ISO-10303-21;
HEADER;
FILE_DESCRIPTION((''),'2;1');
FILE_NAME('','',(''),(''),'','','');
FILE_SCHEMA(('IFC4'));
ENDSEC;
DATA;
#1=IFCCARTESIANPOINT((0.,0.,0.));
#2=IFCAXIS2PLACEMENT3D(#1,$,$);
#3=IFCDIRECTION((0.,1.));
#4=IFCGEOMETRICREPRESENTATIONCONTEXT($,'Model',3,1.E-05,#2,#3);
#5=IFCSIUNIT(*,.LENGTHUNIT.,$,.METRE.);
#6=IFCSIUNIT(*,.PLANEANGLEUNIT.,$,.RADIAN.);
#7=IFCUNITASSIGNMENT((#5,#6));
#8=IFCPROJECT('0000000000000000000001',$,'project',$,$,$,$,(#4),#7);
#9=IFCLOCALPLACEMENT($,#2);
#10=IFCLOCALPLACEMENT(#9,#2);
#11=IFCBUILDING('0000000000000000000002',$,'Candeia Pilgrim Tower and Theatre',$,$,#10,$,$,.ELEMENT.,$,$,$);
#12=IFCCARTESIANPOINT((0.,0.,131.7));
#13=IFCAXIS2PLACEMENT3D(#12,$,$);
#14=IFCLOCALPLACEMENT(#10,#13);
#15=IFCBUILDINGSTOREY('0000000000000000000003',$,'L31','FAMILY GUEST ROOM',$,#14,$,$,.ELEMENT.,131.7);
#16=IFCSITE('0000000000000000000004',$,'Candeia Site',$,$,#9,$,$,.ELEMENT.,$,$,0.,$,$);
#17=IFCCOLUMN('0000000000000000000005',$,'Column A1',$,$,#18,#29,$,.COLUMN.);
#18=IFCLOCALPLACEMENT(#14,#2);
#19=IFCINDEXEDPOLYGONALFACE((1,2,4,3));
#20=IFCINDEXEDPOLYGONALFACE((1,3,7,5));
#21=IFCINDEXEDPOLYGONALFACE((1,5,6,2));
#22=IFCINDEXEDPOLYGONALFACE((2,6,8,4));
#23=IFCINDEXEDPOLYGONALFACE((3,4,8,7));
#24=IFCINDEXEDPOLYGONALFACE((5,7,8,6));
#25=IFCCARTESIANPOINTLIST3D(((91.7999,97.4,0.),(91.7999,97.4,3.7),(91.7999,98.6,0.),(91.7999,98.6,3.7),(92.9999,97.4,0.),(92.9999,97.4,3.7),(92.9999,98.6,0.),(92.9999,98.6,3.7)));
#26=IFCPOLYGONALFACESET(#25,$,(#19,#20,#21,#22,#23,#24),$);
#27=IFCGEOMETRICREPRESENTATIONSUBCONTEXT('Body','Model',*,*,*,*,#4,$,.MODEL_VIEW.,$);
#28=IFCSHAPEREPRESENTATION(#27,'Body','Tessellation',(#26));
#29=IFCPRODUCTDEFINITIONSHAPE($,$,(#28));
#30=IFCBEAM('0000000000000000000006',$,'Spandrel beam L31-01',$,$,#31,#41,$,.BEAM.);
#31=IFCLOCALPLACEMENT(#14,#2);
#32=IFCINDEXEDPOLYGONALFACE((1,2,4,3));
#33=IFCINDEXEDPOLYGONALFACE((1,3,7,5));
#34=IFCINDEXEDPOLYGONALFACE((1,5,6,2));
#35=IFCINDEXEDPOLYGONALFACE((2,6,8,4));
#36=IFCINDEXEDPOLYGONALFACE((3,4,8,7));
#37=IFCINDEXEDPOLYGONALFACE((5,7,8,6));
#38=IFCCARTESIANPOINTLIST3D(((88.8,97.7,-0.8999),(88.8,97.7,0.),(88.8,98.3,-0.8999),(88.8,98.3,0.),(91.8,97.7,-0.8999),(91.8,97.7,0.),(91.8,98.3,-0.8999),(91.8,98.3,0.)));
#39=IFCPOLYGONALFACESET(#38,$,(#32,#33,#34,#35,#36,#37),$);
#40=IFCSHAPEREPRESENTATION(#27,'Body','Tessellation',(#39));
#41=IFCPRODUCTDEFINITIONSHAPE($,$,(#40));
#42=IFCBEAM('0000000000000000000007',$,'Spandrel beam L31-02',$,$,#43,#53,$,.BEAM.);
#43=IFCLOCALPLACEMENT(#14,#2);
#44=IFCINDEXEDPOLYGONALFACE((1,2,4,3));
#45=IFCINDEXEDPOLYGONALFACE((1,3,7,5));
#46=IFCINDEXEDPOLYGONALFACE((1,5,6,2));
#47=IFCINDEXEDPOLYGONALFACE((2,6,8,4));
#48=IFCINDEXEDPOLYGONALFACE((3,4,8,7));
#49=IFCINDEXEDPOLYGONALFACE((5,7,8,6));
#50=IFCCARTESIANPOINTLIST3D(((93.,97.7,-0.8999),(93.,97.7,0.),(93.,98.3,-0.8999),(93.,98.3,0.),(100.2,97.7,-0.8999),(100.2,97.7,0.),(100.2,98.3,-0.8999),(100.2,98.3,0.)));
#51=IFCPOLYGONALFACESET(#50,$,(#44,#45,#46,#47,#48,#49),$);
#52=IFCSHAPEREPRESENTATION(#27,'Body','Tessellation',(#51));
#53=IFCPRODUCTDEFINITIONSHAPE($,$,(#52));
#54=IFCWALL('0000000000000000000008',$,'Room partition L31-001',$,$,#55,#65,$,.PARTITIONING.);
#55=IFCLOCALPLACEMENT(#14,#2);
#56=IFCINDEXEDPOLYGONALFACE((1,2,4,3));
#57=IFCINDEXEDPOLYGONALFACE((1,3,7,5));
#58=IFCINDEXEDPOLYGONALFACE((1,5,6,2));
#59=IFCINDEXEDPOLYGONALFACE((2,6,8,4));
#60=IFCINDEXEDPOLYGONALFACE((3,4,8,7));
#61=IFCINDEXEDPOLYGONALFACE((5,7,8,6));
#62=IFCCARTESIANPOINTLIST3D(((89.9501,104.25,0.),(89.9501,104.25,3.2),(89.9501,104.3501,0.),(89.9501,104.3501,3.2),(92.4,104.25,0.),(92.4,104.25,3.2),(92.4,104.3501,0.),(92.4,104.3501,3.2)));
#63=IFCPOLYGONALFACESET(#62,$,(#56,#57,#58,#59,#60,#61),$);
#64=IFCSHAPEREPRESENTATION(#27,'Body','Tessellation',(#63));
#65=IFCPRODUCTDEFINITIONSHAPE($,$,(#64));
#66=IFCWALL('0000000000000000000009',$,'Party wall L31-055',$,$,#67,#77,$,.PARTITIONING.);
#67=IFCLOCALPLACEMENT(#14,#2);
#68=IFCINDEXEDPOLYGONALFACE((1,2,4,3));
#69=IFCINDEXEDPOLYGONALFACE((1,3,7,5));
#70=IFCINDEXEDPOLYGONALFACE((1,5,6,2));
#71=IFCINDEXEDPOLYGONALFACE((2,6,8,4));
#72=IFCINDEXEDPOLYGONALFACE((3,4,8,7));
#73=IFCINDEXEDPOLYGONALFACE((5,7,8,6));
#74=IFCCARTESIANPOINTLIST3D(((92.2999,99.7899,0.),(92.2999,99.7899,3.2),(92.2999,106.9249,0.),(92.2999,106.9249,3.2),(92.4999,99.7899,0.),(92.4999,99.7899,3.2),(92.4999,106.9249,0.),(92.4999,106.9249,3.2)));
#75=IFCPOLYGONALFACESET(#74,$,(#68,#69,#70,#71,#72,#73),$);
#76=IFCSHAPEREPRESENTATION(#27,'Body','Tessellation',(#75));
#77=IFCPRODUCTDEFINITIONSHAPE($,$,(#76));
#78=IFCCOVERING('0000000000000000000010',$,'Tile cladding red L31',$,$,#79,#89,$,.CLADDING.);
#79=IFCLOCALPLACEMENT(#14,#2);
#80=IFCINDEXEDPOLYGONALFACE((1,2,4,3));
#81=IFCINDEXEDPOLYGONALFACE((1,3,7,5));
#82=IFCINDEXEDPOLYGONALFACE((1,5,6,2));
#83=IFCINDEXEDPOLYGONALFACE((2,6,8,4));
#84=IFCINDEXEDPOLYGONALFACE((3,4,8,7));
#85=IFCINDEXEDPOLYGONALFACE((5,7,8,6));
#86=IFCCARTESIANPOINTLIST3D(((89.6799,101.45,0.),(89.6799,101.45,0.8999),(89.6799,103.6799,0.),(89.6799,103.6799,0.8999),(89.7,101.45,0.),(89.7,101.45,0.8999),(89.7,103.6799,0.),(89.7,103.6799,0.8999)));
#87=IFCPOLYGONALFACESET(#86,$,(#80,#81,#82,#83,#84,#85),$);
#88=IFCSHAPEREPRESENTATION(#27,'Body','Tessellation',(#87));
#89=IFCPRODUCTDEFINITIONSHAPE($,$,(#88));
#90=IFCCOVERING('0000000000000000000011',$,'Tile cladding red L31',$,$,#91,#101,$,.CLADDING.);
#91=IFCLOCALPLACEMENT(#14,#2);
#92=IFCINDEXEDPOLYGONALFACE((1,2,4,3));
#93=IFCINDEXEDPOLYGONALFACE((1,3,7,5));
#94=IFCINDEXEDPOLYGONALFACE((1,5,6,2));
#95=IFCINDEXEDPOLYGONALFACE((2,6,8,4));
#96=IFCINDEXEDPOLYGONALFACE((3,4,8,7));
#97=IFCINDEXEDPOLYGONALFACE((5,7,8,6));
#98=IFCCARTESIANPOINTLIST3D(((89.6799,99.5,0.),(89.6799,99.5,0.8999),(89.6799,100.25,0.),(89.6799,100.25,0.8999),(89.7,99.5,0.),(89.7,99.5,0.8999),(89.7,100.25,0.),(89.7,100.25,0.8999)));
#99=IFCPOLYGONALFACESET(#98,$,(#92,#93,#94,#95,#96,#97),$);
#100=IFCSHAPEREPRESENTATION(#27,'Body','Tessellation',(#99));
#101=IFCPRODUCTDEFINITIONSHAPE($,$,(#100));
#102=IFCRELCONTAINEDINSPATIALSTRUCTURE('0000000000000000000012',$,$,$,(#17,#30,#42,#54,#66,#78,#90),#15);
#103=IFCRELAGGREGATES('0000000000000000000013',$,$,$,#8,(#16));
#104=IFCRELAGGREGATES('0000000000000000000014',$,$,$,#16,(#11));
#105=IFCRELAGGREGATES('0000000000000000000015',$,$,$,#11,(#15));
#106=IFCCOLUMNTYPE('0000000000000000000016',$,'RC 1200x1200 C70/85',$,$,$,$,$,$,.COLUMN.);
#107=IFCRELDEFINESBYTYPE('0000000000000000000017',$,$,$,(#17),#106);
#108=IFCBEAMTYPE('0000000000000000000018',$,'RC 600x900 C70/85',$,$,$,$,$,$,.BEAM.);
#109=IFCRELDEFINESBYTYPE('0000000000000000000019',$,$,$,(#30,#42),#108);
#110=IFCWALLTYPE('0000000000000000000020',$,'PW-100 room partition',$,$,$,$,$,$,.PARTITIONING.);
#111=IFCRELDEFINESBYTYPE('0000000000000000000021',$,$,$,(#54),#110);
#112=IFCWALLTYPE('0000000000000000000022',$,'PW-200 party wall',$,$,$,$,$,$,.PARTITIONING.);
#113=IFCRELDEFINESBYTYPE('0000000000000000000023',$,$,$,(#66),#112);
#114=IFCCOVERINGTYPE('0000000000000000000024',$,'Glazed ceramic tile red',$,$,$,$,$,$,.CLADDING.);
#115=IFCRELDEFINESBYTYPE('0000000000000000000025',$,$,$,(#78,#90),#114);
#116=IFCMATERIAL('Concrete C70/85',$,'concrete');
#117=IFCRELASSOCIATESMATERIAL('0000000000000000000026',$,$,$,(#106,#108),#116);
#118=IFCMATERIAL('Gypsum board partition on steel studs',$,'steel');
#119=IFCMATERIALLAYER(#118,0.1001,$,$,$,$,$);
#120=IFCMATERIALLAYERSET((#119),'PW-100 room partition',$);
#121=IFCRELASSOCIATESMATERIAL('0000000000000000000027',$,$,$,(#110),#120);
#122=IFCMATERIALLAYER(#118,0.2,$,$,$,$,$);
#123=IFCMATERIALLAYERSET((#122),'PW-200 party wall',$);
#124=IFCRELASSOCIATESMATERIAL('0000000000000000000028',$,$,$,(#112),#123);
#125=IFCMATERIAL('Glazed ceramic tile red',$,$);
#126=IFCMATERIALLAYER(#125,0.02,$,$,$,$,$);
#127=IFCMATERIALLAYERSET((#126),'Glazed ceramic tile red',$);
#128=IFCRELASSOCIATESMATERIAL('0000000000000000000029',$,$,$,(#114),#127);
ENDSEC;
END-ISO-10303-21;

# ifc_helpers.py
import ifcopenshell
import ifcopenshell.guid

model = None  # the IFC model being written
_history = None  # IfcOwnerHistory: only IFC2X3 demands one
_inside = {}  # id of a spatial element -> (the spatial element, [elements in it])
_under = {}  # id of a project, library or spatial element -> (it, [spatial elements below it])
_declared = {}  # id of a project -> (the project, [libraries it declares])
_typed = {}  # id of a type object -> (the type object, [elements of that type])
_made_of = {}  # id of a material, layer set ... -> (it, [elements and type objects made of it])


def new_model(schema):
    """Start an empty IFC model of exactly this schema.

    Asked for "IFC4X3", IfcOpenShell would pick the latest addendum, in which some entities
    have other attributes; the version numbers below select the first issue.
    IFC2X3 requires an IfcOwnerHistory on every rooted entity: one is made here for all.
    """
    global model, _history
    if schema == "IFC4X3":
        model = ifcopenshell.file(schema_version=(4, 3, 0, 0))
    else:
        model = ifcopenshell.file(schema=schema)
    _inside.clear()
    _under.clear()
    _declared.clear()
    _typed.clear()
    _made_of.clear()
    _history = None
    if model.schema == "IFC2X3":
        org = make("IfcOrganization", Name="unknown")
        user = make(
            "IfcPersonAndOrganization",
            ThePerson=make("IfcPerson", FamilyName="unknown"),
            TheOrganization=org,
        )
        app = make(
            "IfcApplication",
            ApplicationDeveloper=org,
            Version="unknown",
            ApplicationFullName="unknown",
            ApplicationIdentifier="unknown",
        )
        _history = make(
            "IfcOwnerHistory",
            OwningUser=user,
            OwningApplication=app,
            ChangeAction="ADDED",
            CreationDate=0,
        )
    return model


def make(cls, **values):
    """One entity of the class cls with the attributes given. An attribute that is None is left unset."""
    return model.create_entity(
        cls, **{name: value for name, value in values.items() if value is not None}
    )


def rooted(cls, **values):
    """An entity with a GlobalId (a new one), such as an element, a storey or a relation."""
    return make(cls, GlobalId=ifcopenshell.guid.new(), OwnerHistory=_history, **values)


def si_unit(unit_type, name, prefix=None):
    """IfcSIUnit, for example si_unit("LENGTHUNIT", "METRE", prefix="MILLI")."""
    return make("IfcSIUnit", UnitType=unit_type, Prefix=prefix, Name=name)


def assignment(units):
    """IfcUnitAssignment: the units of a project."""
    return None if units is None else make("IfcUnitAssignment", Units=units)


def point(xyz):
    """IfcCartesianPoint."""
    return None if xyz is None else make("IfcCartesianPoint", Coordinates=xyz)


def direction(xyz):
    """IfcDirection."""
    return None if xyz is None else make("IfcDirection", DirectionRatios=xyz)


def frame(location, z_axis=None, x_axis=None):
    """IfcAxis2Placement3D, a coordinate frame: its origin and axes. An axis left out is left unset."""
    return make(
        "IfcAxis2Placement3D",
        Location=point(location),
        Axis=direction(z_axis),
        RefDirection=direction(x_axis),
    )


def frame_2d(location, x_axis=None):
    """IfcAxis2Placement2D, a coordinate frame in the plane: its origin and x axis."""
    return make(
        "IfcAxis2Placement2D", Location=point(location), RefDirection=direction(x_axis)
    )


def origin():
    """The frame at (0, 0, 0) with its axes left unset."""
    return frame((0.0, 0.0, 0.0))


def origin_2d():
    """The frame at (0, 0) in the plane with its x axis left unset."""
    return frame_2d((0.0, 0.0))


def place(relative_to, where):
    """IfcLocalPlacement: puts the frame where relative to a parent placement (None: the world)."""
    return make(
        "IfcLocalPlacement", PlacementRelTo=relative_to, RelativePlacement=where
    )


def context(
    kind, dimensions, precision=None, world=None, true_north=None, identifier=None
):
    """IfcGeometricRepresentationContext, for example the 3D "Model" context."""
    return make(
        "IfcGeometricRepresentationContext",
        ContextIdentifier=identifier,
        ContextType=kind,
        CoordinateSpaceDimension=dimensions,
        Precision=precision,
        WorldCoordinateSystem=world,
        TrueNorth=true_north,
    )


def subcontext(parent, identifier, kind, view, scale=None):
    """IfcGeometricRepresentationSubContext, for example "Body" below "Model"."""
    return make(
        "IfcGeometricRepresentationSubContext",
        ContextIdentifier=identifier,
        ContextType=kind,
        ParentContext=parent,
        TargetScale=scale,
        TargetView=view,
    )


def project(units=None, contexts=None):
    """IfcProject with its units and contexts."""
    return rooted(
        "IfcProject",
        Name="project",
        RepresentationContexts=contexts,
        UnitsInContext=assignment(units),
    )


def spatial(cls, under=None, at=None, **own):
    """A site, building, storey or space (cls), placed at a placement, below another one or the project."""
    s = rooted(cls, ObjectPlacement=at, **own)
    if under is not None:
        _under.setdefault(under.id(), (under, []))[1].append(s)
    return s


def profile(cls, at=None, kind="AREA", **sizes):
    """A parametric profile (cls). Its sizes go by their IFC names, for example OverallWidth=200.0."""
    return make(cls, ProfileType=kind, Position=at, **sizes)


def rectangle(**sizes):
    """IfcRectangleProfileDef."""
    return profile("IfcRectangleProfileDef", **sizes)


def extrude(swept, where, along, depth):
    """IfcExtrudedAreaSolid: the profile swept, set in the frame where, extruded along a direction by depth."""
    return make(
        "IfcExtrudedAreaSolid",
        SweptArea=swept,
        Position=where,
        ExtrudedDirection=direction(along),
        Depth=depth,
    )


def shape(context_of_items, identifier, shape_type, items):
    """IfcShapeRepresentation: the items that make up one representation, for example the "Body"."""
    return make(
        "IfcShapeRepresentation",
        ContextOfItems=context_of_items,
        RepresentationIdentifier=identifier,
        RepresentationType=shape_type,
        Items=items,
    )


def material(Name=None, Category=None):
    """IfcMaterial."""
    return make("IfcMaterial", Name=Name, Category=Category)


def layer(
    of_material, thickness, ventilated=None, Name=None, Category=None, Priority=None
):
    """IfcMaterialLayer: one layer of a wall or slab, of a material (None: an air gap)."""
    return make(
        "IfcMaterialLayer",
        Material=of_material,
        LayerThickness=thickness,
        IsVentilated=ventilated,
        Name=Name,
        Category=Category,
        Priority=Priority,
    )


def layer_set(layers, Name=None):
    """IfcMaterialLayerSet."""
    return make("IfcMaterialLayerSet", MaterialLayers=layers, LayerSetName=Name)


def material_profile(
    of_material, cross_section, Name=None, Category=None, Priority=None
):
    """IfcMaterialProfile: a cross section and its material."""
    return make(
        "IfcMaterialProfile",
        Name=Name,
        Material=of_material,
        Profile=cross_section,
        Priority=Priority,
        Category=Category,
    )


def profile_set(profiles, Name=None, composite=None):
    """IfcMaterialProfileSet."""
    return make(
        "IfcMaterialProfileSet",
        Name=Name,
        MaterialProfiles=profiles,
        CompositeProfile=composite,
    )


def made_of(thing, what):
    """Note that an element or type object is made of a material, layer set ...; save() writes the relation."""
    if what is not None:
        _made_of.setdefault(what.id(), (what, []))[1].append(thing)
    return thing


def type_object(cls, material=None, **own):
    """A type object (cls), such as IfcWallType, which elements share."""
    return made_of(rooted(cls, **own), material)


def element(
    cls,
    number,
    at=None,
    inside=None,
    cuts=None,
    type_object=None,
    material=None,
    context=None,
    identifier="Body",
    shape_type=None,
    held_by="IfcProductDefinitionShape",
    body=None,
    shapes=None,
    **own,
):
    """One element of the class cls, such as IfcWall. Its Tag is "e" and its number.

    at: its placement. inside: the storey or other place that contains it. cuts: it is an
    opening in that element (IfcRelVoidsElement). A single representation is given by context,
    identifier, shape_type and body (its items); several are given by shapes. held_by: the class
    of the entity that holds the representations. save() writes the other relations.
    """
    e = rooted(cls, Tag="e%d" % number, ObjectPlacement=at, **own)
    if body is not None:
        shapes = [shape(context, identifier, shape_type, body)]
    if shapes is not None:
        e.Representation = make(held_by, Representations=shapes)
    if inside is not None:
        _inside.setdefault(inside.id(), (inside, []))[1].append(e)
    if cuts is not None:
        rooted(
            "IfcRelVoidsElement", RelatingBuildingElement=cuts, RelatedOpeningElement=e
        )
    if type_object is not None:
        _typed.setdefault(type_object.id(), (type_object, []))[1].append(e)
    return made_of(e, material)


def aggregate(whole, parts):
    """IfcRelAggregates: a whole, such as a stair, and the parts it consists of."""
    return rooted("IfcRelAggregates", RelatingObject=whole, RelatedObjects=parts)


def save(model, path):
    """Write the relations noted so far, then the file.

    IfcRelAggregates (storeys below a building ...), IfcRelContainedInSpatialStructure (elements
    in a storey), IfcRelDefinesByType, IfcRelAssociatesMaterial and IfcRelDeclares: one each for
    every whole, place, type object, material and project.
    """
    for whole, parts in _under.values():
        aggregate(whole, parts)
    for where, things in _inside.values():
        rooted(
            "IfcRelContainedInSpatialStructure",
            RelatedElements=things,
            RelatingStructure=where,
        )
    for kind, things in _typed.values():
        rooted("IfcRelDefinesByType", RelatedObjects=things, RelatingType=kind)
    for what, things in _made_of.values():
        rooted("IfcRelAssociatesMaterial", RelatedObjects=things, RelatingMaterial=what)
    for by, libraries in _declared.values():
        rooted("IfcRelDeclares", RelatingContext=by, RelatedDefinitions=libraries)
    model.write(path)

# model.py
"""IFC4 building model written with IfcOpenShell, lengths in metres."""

from ifc_helpers import new_model, si_unit, direction, frame, frame_2d, origin, origin_2d, place, context, subcontext, project, spatial, rectangle, extrude, material, layer, layer_set, material_profile, profile_set, type_object, element, save


model = new_model("IFC4")

# Units and contexts
model_context = context("Model", 3, precision=1e-05, world=origin(), true_north=direction((0.0, 1.0)))
body_context = subcontext(model_context, "Body", "Model", "MODEL_VIEW")
ifc_project = project(units=[si_unit("LENGTHUNIT", "METRE"), si_unit("PLANEANGLEUNIT", "RADIAN")], contexts=[model_context])

# Site, building, storey
site_placement = place(None, origin())
site = spatial("IfcSite", under=ifc_project, at=site_placement, Name="Candeia Site", CompositionType="ELEMENT", RefElevation=0.0)
building_placement = place(site_placement, origin())
building = spatial("IfcBuilding", under=site, at=building_placement, Name="Candeia Pilgrim Tower and Theatre", CompositionType="ELEMENT")
storey_placement = place(building_placement, frame((0.0, 0.0, 131.7)))
storey = spatial("IfcBuildingStorey", under=building, at=storey_placement, Name="L31", Description="FAMILY GUEST ROOM", CompositionType="ELEMENT", Elevation=131.7)

# Column
ifc_material_1 = material(Name="Concrete C70/85", Category="concrete")
ifc_material_profile_1 = material_profile(ifc_material_1, rectangle(XDim=1.2, YDim=1.2, at=origin_2d()))
ifc_profile_set_1 = profile_set([ifc_material_profile_1], Name="Concrete C70/85")
column_type = type_object("IfcColumnType", Name="RC 1200x1200 C70/85", PredefinedType="COLUMN", material=ifc_profile_set_1)
column_placement = place(storey_placement, frame((92.3999, 98.0, 0.0), z_axis=(0.0, 0.0, 1.0), x_axis=(1.0, 0.0, 0.0)))
element("IfcColumn", 1, at=column_placement, inside=storey, type_object=column_type, Name="Column A1", PredefinedType="COLUMN", context=body_context, shape_type="SweptSolid", body=[
    extrude(rectangle(XDim=1.2, YDim=1.2, at=origin_2d()), origin(), (0.0, 0.0, 1.0), 3.7),
])

# Beams
ifc_material_profile_2 = material_profile(ifc_material_1, rectangle(XDim=0.6001, YDim=0.8999, at=origin_2d()))
ifc_profile_set_2 = profile_set([ifc_material_profile_2], Name="Concrete C70/85")
beam_type = type_object("IfcBeamType", Name="RC 600x900 C70/85", PredefinedType="BEAM", material=ifc_profile_set_2)
beam_1_placement = place(storey_placement, frame((88.8, 98.0, -0.45), z_axis=(1.0, 0.0, 0.0), x_axis=(0.0, 1.0, 0.0)))
element("IfcBeam", 2, at=beam_1_placement, inside=storey, type_object=beam_type, Name="Spandrel beam L31-01", PredefinedType="BEAM", context=body_context, shape_type="SweptSolid", body=[
    extrude(rectangle(XDim=0.6001, YDim=0.8999, at=origin_2d()), origin(), (0.0, 0.0, 1.0), 3.0),
])
beam_2_placement = place(storey_placement, frame((93.0, 98.0, -0.45), z_axis=(1.0, 0.0, 0.0), x_axis=(0.0, 1.0, 0.0)))
element("IfcBeam", 3, at=beam_2_placement, inside=storey, type_object=beam_type, Name="Spandrel beam L31-02", PredefinedType="BEAM", context=body_context, shape_type="SweptSolid", body=[
    extrude(rectangle(XDim=0.6001, YDim=0.8999, at=origin_2d()), origin(), (0.0, 0.0, 1.0), 7.2),
])

# Walls
ifc_material_2 = material(Name="Gypsum board partition on steel studs", Category="steel")
ifc_layer_1 = layer(ifc_material_2, 0.1001)
ifc_layer_set_1 = layer_set([ifc_layer_1], Name="PW-100 room partition")
wall_type_1 = type_object("IfcWallType", Name="PW-100 room partition", PredefinedType="PARTITIONING", material=ifc_layer_set_1)
wall_1_placement = place(storey_placement, frame((89.95, 104.3, 0.0), z_axis=(0.0, 0.0, 1.0), x_axis=(1.0, 0.0, 0.0)))
element("IfcWall", 4, at=wall_1_placement, inside=storey, type_object=wall_type_1, Name="Room partition L31-001", PredefinedType="PARTITIONING", context=body_context, shape_type="SweptSolid", body=[
    extrude(rectangle(XDim=2.45, YDim=0.1001, at=frame_2d((1.2251, 0.0))), origin(), (0.0, 0.0, 1.0), 3.2),
])
ifc_layer_2 = layer(ifc_material_2, 0.2)
ifc_layer_set_2 = layer_set([ifc_layer_2], Name="PW-200 party wall")
wall_type_2 = type_object("IfcWallType", Name="PW-200 party wall", PredefinedType="PARTITIONING", material=ifc_layer_set_2)
wall_2_placement = place(storey_placement, frame((92.3999, 99.79, 0.0), z_axis=(0.0, 0.0, 1.0), x_axis=(0.0, 1.0, 0.0)))
element("IfcWall", 5, at=wall_2_placement, inside=storey, type_object=wall_type_2, Name="Party wall L31-055", PredefinedType="PARTITIONING", context=body_context, shape_type="SweptSolid", body=[
    extrude(rectangle(XDim=7.135, YDim=0.2, at=frame_2d((3.5674, 0.0))), origin(), (0.0, 0.0, 1.0), 3.2),
])

# Coverings
ifc_material_3 = material(Name="Glazed ceramic tile red")
ifc_layer_3 = layer(ifc_material_3, 0.02)
ifc_layer_set_3 = layer_set([ifc_layer_3], Name="Glazed ceramic tile red")
covering_type = type_object("IfcCoveringType", Name="Glazed ceramic tile red", PredefinedType="CLADDING", material=ifc_layer_set_3)
covering_1_placement = place(storey_placement, frame((89.6899, 102.5649, 0.0), z_axis=(0.0, 0.0, 1.0), x_axis=(0.0, -1.0, 0.0)))
element("IfcCovering", 6, at=covering_1_placement, inside=storey, type_object=covering_type, Name="Tile cladding red L31", PredefinedType="CLADDING", context=body_context, shape_type="SweptSolid", body=[
    extrude(rectangle(XDim=2.23, YDim=0.02, at=origin_2d()), origin(), (0.0, 0.0, 1.0), 0.8999),
])
covering_2_placement = place(storey_placement, frame((89.6899, 99.875, 0.0), z_axis=(0.0, 0.0, 1.0), x_axis=(0.0, -1.0, 0.0)))
element("IfcCovering", 7, at=covering_2_placement, inside=storey, type_object=covering_type, Name="Tile cladding red L31", PredefinedType="CLADDING", context=body_context, shape_type="SweptSolid", body=[
    extrude(rectangle(XDim=0.75, YDim=0.02, at=origin_2d()), origin(), (0.0, 0.0, 1.0), 0.8999),
])

save(model, "model.ifc")
